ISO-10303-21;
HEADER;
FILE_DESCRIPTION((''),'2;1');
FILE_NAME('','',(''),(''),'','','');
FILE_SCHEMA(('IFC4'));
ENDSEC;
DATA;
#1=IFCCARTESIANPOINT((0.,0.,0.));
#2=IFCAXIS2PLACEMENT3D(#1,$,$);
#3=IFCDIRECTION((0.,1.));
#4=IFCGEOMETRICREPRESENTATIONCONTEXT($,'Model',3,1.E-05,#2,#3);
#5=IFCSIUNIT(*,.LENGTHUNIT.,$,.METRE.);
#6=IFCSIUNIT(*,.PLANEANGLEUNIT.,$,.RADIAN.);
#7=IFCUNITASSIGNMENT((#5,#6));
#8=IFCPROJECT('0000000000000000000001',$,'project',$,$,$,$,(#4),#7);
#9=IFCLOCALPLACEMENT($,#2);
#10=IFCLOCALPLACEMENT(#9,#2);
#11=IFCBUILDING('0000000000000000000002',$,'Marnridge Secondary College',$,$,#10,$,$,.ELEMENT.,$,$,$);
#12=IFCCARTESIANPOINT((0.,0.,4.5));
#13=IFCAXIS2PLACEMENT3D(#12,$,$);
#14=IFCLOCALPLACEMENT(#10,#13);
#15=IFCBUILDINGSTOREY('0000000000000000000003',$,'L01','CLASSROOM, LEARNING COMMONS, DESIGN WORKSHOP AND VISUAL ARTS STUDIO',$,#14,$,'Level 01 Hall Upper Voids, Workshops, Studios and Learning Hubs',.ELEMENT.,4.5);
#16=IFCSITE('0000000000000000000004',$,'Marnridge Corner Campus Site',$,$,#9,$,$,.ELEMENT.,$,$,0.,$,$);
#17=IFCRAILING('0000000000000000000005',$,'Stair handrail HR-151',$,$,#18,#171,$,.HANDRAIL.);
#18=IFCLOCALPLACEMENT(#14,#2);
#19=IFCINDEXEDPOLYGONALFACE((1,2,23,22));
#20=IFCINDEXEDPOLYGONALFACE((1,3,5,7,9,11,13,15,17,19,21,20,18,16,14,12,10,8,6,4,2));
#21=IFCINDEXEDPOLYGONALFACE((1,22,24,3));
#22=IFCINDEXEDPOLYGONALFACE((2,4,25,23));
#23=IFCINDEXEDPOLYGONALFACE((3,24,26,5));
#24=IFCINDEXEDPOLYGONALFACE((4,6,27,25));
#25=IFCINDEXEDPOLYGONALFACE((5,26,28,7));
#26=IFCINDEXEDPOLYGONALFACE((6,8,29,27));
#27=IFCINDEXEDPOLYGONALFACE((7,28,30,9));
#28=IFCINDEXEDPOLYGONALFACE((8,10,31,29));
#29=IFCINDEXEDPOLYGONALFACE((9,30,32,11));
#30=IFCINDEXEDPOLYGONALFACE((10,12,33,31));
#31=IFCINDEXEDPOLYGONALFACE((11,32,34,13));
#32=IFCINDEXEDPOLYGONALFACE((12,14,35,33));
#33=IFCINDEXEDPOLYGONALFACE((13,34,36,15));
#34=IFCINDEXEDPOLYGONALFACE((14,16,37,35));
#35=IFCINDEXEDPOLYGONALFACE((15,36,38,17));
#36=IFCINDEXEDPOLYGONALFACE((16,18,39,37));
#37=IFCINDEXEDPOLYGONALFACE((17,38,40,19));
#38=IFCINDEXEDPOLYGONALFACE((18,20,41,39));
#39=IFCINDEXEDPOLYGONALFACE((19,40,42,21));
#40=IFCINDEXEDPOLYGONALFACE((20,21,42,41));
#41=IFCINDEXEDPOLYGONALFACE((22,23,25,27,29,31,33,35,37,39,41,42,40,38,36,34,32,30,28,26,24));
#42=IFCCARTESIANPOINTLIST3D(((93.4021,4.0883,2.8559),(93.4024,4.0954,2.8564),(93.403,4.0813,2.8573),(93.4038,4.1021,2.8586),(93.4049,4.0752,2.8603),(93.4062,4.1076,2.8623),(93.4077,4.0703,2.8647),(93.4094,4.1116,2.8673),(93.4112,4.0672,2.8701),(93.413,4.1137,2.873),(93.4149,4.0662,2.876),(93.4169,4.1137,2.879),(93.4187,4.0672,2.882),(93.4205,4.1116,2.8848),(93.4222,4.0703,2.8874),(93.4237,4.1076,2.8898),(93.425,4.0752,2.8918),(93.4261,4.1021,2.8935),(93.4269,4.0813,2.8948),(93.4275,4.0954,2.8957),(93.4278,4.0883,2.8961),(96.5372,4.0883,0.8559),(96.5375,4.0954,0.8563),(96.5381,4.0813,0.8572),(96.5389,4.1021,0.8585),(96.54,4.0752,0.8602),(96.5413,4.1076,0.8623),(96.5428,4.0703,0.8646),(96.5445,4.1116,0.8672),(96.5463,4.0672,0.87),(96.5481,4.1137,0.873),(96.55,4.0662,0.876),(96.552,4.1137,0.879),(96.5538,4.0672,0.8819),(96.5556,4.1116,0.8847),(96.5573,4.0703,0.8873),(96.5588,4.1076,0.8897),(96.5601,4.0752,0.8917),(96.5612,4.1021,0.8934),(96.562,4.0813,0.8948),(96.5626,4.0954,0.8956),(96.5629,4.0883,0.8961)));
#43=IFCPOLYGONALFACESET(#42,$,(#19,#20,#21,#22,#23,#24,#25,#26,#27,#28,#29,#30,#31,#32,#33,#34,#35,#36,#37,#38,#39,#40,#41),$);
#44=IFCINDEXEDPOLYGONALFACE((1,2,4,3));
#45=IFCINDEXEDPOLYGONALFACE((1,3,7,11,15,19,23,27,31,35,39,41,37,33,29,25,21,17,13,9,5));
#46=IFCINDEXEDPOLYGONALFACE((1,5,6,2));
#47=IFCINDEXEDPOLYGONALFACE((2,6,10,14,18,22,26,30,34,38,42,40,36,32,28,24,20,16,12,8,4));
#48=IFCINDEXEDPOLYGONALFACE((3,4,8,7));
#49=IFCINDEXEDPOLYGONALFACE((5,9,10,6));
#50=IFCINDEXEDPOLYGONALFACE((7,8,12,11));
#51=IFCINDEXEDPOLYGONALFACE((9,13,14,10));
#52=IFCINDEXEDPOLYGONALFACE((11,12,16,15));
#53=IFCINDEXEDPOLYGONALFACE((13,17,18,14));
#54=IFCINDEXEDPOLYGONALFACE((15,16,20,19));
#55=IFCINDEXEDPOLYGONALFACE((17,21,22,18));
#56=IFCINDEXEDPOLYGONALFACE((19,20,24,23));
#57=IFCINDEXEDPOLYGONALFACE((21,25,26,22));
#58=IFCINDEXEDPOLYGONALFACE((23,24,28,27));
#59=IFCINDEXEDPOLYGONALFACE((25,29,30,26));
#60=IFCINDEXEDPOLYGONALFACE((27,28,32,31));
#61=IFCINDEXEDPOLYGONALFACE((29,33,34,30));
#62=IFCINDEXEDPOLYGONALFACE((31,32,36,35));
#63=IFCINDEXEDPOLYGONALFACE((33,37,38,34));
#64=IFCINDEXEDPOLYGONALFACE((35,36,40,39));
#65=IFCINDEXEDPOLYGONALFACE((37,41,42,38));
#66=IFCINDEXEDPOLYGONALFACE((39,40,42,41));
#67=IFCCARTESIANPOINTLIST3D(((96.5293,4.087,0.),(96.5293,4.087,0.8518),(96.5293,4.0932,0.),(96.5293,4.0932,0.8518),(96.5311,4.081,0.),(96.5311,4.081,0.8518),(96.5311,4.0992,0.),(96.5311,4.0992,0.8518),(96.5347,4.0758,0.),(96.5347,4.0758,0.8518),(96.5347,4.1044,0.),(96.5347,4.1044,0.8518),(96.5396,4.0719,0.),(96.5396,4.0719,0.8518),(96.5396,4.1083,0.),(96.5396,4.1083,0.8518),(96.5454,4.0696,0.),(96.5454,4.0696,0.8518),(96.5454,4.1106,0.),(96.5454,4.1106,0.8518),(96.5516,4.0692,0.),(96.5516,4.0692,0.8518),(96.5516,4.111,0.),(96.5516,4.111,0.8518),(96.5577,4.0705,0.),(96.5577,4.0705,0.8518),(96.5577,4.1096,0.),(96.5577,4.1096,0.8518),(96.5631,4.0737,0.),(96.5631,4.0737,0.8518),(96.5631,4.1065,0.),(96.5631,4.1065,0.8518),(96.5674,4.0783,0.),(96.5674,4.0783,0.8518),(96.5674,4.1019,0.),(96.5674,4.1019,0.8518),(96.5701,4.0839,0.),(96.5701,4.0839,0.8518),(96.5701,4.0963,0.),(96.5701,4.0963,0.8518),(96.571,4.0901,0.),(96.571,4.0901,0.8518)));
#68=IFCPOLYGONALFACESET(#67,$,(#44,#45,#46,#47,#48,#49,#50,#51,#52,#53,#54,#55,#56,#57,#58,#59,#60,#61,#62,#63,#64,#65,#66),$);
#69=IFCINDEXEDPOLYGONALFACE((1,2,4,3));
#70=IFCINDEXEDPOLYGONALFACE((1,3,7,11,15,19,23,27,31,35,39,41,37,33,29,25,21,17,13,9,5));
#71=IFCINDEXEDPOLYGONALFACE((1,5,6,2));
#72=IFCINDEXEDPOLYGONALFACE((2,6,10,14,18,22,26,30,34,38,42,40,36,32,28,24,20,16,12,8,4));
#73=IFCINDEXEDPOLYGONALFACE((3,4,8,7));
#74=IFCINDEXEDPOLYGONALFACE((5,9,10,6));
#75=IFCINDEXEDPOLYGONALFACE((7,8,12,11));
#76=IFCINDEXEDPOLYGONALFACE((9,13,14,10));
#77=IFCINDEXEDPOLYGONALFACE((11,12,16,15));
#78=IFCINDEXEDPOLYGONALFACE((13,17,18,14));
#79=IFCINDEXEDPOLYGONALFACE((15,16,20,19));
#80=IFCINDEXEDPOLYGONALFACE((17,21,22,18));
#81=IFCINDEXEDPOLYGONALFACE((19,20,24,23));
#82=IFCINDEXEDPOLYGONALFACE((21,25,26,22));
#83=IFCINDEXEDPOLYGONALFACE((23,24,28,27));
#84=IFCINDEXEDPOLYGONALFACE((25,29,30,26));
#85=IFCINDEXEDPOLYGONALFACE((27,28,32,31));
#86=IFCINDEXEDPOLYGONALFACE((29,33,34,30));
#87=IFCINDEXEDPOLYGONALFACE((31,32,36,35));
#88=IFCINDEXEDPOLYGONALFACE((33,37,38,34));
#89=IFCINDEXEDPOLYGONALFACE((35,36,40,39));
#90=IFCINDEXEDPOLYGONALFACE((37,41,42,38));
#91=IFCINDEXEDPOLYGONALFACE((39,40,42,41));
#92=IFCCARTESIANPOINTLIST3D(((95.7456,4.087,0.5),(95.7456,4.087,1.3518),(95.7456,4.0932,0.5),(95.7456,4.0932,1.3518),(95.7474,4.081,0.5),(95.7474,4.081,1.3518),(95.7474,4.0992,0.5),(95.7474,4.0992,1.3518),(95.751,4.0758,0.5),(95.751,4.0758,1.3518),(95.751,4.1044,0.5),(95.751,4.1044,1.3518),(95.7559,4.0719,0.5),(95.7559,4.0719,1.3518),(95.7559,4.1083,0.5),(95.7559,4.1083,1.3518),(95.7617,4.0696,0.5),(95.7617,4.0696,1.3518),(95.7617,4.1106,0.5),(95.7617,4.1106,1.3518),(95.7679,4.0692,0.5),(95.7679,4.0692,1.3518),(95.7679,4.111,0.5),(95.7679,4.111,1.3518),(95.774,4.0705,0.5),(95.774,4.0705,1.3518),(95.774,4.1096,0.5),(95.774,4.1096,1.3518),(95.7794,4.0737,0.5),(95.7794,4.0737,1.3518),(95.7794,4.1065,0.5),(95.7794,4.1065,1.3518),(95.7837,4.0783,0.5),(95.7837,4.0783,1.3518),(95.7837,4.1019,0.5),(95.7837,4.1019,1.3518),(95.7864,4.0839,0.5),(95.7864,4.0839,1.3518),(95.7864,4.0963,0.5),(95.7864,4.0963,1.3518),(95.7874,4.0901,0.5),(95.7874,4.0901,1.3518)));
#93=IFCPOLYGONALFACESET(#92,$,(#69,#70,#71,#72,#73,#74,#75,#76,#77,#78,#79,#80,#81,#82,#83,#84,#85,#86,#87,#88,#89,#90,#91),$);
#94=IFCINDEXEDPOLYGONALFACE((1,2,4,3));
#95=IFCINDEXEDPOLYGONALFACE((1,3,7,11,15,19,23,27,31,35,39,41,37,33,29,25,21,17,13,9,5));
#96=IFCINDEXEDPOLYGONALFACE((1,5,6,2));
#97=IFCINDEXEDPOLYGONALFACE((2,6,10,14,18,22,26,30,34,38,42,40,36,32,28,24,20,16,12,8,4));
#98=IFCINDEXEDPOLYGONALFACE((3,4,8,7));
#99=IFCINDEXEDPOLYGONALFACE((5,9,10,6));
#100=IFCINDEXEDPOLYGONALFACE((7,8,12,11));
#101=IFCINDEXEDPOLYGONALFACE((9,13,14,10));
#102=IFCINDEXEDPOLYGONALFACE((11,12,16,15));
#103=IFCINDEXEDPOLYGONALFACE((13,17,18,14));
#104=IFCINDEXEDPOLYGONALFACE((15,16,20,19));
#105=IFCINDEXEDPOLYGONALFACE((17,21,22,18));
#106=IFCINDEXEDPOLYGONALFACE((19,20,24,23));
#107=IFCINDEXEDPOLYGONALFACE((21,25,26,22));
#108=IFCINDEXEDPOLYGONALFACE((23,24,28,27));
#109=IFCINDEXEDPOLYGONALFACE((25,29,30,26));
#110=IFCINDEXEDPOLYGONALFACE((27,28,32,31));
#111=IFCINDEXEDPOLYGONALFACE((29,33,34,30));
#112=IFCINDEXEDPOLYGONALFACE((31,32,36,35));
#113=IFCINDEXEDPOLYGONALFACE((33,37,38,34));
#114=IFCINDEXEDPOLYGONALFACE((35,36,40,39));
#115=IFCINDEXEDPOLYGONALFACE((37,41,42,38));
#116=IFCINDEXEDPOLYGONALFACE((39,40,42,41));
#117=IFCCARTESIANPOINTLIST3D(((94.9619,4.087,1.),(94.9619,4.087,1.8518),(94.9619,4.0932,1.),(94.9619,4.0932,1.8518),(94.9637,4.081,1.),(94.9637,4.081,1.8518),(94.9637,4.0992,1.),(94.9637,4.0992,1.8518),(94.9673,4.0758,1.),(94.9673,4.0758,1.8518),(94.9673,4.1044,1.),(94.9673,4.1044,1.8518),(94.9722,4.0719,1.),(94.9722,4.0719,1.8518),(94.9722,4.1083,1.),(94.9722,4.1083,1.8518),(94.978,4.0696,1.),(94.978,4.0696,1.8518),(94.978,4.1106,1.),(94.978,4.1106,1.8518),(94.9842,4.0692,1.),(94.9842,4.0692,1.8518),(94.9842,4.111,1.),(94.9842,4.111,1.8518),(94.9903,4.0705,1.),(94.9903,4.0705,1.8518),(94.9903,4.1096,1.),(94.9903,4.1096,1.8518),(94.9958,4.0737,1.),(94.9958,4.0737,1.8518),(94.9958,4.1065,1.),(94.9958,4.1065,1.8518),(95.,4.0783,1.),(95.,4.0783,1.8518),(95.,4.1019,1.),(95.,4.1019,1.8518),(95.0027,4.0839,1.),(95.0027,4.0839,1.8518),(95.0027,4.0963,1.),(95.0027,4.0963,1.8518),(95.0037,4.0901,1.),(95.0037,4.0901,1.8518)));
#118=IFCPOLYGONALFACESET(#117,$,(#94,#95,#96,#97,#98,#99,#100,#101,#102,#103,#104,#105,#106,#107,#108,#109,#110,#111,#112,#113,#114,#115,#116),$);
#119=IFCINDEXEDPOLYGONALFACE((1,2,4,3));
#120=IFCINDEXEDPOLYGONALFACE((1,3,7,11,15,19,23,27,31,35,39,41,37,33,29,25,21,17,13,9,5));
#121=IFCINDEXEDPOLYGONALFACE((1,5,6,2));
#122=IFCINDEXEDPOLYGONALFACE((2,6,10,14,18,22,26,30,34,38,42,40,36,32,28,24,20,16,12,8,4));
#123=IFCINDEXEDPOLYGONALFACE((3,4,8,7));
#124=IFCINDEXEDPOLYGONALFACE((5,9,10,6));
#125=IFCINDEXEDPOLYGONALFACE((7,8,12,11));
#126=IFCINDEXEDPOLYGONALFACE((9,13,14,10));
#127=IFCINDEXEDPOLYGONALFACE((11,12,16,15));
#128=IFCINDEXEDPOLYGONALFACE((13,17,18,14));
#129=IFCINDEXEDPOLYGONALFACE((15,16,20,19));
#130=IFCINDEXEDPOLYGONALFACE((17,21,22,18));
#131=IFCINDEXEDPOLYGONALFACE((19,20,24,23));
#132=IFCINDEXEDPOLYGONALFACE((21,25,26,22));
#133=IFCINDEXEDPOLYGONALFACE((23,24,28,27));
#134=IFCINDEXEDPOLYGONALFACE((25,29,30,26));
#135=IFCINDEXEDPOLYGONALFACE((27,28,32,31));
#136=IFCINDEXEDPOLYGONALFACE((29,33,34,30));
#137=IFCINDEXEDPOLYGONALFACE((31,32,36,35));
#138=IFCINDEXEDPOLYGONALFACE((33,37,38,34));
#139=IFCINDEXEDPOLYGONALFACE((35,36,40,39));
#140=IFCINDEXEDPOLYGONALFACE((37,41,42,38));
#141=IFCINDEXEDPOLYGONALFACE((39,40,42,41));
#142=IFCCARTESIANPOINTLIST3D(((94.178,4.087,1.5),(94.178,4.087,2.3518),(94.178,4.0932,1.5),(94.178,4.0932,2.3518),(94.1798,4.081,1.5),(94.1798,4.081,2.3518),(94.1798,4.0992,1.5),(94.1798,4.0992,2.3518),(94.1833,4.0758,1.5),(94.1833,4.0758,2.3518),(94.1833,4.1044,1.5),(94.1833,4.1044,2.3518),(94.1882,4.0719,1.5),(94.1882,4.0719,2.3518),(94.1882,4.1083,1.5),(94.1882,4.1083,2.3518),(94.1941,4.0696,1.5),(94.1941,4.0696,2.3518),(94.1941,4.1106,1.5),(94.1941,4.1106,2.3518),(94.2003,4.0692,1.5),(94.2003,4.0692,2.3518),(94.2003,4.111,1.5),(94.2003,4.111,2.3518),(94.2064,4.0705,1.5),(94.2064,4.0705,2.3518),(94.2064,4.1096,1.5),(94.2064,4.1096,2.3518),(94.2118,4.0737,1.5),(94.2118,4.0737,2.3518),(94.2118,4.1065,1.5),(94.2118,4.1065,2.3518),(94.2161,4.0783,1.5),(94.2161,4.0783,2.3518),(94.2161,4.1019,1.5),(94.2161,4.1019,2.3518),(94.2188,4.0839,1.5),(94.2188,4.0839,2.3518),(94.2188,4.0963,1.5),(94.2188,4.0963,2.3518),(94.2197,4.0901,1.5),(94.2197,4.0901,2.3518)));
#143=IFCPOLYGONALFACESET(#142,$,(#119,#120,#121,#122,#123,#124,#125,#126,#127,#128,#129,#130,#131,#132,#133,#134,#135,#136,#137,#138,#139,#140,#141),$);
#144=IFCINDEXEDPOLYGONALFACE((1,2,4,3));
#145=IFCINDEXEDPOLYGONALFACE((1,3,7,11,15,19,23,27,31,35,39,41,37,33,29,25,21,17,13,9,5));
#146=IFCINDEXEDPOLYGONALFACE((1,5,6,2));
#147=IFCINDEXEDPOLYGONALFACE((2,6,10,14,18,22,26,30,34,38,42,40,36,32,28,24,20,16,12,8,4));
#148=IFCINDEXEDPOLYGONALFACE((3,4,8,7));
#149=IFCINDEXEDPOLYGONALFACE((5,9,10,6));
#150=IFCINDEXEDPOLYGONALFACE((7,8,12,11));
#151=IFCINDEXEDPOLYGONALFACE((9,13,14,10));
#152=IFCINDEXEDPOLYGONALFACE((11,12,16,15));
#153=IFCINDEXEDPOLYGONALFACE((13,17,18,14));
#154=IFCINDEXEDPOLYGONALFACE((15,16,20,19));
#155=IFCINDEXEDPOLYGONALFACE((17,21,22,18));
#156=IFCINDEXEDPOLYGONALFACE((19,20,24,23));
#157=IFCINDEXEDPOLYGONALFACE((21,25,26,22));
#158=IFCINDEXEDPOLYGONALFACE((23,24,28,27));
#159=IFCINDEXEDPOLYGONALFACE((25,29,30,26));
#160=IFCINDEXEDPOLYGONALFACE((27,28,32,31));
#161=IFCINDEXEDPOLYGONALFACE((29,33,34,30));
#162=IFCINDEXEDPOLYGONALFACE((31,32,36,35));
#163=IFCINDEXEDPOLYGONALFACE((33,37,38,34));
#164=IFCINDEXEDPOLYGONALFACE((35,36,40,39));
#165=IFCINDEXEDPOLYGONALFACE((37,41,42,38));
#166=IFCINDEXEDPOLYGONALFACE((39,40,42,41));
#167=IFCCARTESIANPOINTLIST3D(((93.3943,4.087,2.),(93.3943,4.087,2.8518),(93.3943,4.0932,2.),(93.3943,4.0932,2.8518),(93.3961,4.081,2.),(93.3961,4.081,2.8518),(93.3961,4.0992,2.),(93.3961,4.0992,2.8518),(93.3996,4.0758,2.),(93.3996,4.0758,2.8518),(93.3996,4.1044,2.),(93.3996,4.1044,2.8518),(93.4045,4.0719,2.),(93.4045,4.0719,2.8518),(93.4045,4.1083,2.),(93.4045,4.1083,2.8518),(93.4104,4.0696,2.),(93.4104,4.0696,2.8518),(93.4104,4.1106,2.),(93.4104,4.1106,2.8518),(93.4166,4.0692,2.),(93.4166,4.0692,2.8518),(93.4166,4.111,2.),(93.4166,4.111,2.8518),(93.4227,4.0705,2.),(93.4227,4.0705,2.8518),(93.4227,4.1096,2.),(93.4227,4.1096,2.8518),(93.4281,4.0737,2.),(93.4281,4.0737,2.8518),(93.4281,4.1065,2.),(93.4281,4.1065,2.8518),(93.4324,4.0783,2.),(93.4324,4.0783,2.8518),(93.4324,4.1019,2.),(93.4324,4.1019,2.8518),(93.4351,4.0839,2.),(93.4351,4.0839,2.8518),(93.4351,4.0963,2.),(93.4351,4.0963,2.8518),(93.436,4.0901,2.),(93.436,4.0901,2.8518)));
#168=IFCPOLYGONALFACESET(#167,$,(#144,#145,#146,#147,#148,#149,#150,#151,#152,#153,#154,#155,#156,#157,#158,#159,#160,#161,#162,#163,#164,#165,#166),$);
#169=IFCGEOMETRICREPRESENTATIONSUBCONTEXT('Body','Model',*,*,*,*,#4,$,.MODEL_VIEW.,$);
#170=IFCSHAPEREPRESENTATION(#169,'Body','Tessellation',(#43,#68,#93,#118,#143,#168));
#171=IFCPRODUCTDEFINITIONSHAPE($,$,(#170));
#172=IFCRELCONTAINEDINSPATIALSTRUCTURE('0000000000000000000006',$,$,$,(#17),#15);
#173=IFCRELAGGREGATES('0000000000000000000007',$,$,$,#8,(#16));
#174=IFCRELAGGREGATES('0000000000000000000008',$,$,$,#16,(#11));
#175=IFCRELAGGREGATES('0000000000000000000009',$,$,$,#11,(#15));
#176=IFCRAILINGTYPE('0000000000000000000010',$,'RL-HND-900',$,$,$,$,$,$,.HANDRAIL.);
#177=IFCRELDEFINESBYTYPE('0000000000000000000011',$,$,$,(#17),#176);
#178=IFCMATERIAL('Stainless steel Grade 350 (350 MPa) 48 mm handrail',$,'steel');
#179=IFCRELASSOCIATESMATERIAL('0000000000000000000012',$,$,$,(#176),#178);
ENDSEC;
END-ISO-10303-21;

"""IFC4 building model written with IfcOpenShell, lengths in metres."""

from ifc_helpers import new_model, si_unit, direction, frame, origin, origin_2d, place, context, subcontext, project, spatial, circle, extrude, material, type_object, element, save


model = new_model("IFC4")

# Units and contexts
model_context = context("Model", 3, precision=1e-05, world=origin(), true_north=direction((0.0, 1.0)))
body_context = subcontext(model_context, "Body", "Model", "MODEL_VIEW")
ifc_project = project(units=[si_unit("LENGTHUNIT", "METRE"), si_unit("PLANEANGLEUNIT", "RADIAN")], contexts=[model_context])

# Site, building, storey
site_placement = place(None, origin())
site = spatial("IfcSite", under=ifc_project, at=site_placement, Name="Marnridge Corner Campus Site", CompositionType="ELEMENT", RefElevation=0.0)
building_placement = place(site_placement, origin())
building = spatial("IfcBuilding", under=site, at=building_placement, Name="Marnridge Secondary College", CompositionType="ELEMENT")
storey_placement = place(building_placement, frame((0.0, 0.0, 4.5)))
storey = spatial("IfcBuildingStorey", under=building, at=storey_placement, Name="L01", Description="CLASSROOM, LEARNING COMMONS, DESIGN WORKSHOP AND VISUAL ARTS STUDIO", LongName="Level 01 Hall Upper Voids, Workshops, Studios and Learning Hubs", CompositionType="ELEMENT", Elevation=4.5)

# Railing
ifc_material_1 = material(Name="Stainless steel Grade 350 (350 MPa) 48 mm handrail", Category="steel")
railing_type_1 = type_object("IfcRailingType", Name="RL-HND-900", PredefinedType="HANDRAIL", material=ifc_material_1)
for number, where, name in (
    (1, (96.55, 4.0901, 0.0), "Stair handrail HR-151"),
):
    element("IfcRailing", number, at=place(storey_placement, frame(where)), inside=storey, type_object=railing_type_1, Name=name, PredefinedType="HANDRAIL", context=body_context, shape_type="SweptSolid", body=[
        extrude(circle(Radius=0.0239, at=origin_2d()), frame((0.0, 0.0, 0.876), z_axis=(-0.843053, 0.0, 0.537831), x_axis=(0.0, -1.0, 0.0)), (0.0, 0.0, 1.0), 3.7188),
        extrude(circle(Radius=0.021, at=origin_2d()), origin(), (0.0, 0.0, 1.0), 0.8518),
        extrude(circle(Radius=0.021, at=origin_2d()), frame((-0.7837, 0.0, 0.5)), (0.0, 0.0, 1.0), 0.8518),
        extrude(circle(Radius=0.021, at=origin_2d()), frame((-1.5674, 0.0, 1.0)), (0.0, 0.0, 1.0), 0.8518),
        extrude(circle(Radius=0.021, at=origin_2d()), frame((-2.3513, 0.0, 1.5)), (0.0, 0.0, 1.0), 0.8518),
        extrude(circle(Radius=0.021, at=origin_2d()), frame((-3.135, 0.0, 2.0)), (0.0, 0.0, 1.0), 0.8518),
    ])

save(model, "model.ifc")
